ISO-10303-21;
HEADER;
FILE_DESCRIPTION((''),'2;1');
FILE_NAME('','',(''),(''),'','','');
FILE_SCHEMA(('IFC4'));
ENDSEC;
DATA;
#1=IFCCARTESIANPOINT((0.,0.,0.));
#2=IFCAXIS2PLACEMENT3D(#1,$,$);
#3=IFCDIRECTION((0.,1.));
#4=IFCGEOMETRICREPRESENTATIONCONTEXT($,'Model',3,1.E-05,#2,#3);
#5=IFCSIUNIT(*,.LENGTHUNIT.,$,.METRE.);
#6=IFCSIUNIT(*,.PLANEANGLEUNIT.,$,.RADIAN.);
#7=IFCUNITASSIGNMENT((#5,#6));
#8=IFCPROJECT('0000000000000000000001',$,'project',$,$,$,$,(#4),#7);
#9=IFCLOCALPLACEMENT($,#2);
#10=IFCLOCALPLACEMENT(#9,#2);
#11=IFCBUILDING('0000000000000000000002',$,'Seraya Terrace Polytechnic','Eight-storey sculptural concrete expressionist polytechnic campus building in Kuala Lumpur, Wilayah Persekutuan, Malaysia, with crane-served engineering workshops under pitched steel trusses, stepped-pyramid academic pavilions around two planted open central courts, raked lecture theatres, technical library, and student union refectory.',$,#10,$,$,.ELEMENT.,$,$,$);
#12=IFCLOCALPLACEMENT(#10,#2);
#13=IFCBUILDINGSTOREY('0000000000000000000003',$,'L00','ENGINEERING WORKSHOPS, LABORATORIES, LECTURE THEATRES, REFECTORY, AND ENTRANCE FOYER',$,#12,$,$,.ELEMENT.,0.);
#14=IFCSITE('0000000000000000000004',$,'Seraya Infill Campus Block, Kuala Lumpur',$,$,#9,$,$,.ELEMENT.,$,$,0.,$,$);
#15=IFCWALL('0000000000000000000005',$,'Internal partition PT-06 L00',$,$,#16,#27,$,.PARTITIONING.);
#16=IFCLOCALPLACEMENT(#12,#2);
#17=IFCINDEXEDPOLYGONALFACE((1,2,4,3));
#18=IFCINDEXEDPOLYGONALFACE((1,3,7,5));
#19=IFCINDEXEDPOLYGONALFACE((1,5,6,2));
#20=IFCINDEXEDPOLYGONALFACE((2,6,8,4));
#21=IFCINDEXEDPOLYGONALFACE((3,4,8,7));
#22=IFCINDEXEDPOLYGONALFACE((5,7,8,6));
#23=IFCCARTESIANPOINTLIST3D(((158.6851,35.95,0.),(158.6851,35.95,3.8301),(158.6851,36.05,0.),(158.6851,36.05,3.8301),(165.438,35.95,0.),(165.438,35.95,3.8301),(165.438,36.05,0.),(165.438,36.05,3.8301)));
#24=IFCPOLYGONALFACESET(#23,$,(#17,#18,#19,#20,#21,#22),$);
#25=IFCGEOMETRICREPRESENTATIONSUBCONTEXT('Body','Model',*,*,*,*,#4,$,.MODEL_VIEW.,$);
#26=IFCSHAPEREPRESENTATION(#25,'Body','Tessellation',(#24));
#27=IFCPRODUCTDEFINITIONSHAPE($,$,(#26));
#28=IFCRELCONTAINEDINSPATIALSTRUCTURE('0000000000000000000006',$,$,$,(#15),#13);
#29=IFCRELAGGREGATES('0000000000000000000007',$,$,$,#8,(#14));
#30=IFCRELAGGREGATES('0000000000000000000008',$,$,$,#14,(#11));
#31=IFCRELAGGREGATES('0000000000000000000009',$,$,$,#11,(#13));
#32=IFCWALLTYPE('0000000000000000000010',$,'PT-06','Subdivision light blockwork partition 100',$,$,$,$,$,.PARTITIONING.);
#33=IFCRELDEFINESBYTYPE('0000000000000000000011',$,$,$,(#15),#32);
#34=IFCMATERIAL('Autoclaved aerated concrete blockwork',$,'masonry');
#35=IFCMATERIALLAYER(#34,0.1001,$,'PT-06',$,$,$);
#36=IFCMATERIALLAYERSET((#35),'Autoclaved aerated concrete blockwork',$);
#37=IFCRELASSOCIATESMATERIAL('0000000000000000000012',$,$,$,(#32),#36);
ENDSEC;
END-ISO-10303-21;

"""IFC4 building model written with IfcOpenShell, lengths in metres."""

from ifc_helpers import new_model, si_unit, direction, frame, frame_2d, origin, place, context, subcontext, project, spatial, rectangle, extrude, material, layer, layer_set, type_object, element, save


model = new_model("IFC4")

# Units and contexts
model_context = context("Model", 3, precision=1e-05, world=origin(), true_north=direction((0.0, 1.0)))
body_context = subcontext(model_context, "Body", "Model", "MODEL_VIEW")
ifc_project = project(units=[si_unit("LENGTHUNIT", "METRE"), si_unit("PLANEANGLEUNIT", "RADIAN")], contexts=[model_context])

# Site, building, storey
site_placement = place(None, origin())
site = spatial("IfcSite", under=ifc_project, at=site_placement, Name="Seraya Infill Campus Block, Kuala Lumpur", CompositionType="ELEMENT", RefElevation=0.0)
building_placement = place(site_placement, origin())
building = spatial("IfcBuilding", under=site, at=building_placement, Name="Seraya Terrace Polytechnic", Description="Eight-storey sculptural concrete expressionist polytechnic campus building in Kuala Lumpur, Wilayah Persekutuan, Malaysia, with crane-served engineering workshops under pitched steel trusses, stepped-pyramid academic pavilions around two planted open central courts, raked lecture theatres, technical library, and student union refectory.", CompositionType="ELEMENT")
storey_placement = place(building_placement, origin())
storey = spatial("IfcBuildingStorey", under=building, at=storey_placement, Name="L00", Description="ENGINEERING WORKSHOPS, LABORATORIES, LECTURE THEATRES, REFECTORY, AND ENTRANCE FOYER", CompositionType="ELEMENT", Elevation=0.0)

# Wall
ifc_material_1 = material(Name="Autoclaved aerated concrete blockwork", Category="masonry")
ifc_layer_1 = layer(ifc_material_1, 0.1001, Name="PT-06")
ifc_layer_set_1 = layer_set([ifc_layer_1], Name="Autoclaved aerated concrete blockwork")
wall_type_1 = type_object("IfcWallType", Name="PT-06", Description="Subdivision light blockwork partition 100", PredefinedType="PARTITIONING", material=ifc_layer_set_1)
wall_1_placement = place(storey_placement, frame((158.6851, 36.0, 0.0), z_axis=(0.0, 0.0, 1.0), x_axis=(1.0, 0.0, 0.0)))
element("IfcWall", 1, at=wall_1_placement, inside=storey, type_object=wall_type_1, Name="Internal partition PT-06 L00", PredefinedType="PARTITIONING", context=body_context, shape_type="SweptSolid", body=[
    extrude(rectangle(XDim=6.7529, YDim=0.1001, at=frame_2d((3.3765, 0.0))), origin(), (0.0, 0.0, 1.0), 3.8301),
])

save(model, "model.ifc")
